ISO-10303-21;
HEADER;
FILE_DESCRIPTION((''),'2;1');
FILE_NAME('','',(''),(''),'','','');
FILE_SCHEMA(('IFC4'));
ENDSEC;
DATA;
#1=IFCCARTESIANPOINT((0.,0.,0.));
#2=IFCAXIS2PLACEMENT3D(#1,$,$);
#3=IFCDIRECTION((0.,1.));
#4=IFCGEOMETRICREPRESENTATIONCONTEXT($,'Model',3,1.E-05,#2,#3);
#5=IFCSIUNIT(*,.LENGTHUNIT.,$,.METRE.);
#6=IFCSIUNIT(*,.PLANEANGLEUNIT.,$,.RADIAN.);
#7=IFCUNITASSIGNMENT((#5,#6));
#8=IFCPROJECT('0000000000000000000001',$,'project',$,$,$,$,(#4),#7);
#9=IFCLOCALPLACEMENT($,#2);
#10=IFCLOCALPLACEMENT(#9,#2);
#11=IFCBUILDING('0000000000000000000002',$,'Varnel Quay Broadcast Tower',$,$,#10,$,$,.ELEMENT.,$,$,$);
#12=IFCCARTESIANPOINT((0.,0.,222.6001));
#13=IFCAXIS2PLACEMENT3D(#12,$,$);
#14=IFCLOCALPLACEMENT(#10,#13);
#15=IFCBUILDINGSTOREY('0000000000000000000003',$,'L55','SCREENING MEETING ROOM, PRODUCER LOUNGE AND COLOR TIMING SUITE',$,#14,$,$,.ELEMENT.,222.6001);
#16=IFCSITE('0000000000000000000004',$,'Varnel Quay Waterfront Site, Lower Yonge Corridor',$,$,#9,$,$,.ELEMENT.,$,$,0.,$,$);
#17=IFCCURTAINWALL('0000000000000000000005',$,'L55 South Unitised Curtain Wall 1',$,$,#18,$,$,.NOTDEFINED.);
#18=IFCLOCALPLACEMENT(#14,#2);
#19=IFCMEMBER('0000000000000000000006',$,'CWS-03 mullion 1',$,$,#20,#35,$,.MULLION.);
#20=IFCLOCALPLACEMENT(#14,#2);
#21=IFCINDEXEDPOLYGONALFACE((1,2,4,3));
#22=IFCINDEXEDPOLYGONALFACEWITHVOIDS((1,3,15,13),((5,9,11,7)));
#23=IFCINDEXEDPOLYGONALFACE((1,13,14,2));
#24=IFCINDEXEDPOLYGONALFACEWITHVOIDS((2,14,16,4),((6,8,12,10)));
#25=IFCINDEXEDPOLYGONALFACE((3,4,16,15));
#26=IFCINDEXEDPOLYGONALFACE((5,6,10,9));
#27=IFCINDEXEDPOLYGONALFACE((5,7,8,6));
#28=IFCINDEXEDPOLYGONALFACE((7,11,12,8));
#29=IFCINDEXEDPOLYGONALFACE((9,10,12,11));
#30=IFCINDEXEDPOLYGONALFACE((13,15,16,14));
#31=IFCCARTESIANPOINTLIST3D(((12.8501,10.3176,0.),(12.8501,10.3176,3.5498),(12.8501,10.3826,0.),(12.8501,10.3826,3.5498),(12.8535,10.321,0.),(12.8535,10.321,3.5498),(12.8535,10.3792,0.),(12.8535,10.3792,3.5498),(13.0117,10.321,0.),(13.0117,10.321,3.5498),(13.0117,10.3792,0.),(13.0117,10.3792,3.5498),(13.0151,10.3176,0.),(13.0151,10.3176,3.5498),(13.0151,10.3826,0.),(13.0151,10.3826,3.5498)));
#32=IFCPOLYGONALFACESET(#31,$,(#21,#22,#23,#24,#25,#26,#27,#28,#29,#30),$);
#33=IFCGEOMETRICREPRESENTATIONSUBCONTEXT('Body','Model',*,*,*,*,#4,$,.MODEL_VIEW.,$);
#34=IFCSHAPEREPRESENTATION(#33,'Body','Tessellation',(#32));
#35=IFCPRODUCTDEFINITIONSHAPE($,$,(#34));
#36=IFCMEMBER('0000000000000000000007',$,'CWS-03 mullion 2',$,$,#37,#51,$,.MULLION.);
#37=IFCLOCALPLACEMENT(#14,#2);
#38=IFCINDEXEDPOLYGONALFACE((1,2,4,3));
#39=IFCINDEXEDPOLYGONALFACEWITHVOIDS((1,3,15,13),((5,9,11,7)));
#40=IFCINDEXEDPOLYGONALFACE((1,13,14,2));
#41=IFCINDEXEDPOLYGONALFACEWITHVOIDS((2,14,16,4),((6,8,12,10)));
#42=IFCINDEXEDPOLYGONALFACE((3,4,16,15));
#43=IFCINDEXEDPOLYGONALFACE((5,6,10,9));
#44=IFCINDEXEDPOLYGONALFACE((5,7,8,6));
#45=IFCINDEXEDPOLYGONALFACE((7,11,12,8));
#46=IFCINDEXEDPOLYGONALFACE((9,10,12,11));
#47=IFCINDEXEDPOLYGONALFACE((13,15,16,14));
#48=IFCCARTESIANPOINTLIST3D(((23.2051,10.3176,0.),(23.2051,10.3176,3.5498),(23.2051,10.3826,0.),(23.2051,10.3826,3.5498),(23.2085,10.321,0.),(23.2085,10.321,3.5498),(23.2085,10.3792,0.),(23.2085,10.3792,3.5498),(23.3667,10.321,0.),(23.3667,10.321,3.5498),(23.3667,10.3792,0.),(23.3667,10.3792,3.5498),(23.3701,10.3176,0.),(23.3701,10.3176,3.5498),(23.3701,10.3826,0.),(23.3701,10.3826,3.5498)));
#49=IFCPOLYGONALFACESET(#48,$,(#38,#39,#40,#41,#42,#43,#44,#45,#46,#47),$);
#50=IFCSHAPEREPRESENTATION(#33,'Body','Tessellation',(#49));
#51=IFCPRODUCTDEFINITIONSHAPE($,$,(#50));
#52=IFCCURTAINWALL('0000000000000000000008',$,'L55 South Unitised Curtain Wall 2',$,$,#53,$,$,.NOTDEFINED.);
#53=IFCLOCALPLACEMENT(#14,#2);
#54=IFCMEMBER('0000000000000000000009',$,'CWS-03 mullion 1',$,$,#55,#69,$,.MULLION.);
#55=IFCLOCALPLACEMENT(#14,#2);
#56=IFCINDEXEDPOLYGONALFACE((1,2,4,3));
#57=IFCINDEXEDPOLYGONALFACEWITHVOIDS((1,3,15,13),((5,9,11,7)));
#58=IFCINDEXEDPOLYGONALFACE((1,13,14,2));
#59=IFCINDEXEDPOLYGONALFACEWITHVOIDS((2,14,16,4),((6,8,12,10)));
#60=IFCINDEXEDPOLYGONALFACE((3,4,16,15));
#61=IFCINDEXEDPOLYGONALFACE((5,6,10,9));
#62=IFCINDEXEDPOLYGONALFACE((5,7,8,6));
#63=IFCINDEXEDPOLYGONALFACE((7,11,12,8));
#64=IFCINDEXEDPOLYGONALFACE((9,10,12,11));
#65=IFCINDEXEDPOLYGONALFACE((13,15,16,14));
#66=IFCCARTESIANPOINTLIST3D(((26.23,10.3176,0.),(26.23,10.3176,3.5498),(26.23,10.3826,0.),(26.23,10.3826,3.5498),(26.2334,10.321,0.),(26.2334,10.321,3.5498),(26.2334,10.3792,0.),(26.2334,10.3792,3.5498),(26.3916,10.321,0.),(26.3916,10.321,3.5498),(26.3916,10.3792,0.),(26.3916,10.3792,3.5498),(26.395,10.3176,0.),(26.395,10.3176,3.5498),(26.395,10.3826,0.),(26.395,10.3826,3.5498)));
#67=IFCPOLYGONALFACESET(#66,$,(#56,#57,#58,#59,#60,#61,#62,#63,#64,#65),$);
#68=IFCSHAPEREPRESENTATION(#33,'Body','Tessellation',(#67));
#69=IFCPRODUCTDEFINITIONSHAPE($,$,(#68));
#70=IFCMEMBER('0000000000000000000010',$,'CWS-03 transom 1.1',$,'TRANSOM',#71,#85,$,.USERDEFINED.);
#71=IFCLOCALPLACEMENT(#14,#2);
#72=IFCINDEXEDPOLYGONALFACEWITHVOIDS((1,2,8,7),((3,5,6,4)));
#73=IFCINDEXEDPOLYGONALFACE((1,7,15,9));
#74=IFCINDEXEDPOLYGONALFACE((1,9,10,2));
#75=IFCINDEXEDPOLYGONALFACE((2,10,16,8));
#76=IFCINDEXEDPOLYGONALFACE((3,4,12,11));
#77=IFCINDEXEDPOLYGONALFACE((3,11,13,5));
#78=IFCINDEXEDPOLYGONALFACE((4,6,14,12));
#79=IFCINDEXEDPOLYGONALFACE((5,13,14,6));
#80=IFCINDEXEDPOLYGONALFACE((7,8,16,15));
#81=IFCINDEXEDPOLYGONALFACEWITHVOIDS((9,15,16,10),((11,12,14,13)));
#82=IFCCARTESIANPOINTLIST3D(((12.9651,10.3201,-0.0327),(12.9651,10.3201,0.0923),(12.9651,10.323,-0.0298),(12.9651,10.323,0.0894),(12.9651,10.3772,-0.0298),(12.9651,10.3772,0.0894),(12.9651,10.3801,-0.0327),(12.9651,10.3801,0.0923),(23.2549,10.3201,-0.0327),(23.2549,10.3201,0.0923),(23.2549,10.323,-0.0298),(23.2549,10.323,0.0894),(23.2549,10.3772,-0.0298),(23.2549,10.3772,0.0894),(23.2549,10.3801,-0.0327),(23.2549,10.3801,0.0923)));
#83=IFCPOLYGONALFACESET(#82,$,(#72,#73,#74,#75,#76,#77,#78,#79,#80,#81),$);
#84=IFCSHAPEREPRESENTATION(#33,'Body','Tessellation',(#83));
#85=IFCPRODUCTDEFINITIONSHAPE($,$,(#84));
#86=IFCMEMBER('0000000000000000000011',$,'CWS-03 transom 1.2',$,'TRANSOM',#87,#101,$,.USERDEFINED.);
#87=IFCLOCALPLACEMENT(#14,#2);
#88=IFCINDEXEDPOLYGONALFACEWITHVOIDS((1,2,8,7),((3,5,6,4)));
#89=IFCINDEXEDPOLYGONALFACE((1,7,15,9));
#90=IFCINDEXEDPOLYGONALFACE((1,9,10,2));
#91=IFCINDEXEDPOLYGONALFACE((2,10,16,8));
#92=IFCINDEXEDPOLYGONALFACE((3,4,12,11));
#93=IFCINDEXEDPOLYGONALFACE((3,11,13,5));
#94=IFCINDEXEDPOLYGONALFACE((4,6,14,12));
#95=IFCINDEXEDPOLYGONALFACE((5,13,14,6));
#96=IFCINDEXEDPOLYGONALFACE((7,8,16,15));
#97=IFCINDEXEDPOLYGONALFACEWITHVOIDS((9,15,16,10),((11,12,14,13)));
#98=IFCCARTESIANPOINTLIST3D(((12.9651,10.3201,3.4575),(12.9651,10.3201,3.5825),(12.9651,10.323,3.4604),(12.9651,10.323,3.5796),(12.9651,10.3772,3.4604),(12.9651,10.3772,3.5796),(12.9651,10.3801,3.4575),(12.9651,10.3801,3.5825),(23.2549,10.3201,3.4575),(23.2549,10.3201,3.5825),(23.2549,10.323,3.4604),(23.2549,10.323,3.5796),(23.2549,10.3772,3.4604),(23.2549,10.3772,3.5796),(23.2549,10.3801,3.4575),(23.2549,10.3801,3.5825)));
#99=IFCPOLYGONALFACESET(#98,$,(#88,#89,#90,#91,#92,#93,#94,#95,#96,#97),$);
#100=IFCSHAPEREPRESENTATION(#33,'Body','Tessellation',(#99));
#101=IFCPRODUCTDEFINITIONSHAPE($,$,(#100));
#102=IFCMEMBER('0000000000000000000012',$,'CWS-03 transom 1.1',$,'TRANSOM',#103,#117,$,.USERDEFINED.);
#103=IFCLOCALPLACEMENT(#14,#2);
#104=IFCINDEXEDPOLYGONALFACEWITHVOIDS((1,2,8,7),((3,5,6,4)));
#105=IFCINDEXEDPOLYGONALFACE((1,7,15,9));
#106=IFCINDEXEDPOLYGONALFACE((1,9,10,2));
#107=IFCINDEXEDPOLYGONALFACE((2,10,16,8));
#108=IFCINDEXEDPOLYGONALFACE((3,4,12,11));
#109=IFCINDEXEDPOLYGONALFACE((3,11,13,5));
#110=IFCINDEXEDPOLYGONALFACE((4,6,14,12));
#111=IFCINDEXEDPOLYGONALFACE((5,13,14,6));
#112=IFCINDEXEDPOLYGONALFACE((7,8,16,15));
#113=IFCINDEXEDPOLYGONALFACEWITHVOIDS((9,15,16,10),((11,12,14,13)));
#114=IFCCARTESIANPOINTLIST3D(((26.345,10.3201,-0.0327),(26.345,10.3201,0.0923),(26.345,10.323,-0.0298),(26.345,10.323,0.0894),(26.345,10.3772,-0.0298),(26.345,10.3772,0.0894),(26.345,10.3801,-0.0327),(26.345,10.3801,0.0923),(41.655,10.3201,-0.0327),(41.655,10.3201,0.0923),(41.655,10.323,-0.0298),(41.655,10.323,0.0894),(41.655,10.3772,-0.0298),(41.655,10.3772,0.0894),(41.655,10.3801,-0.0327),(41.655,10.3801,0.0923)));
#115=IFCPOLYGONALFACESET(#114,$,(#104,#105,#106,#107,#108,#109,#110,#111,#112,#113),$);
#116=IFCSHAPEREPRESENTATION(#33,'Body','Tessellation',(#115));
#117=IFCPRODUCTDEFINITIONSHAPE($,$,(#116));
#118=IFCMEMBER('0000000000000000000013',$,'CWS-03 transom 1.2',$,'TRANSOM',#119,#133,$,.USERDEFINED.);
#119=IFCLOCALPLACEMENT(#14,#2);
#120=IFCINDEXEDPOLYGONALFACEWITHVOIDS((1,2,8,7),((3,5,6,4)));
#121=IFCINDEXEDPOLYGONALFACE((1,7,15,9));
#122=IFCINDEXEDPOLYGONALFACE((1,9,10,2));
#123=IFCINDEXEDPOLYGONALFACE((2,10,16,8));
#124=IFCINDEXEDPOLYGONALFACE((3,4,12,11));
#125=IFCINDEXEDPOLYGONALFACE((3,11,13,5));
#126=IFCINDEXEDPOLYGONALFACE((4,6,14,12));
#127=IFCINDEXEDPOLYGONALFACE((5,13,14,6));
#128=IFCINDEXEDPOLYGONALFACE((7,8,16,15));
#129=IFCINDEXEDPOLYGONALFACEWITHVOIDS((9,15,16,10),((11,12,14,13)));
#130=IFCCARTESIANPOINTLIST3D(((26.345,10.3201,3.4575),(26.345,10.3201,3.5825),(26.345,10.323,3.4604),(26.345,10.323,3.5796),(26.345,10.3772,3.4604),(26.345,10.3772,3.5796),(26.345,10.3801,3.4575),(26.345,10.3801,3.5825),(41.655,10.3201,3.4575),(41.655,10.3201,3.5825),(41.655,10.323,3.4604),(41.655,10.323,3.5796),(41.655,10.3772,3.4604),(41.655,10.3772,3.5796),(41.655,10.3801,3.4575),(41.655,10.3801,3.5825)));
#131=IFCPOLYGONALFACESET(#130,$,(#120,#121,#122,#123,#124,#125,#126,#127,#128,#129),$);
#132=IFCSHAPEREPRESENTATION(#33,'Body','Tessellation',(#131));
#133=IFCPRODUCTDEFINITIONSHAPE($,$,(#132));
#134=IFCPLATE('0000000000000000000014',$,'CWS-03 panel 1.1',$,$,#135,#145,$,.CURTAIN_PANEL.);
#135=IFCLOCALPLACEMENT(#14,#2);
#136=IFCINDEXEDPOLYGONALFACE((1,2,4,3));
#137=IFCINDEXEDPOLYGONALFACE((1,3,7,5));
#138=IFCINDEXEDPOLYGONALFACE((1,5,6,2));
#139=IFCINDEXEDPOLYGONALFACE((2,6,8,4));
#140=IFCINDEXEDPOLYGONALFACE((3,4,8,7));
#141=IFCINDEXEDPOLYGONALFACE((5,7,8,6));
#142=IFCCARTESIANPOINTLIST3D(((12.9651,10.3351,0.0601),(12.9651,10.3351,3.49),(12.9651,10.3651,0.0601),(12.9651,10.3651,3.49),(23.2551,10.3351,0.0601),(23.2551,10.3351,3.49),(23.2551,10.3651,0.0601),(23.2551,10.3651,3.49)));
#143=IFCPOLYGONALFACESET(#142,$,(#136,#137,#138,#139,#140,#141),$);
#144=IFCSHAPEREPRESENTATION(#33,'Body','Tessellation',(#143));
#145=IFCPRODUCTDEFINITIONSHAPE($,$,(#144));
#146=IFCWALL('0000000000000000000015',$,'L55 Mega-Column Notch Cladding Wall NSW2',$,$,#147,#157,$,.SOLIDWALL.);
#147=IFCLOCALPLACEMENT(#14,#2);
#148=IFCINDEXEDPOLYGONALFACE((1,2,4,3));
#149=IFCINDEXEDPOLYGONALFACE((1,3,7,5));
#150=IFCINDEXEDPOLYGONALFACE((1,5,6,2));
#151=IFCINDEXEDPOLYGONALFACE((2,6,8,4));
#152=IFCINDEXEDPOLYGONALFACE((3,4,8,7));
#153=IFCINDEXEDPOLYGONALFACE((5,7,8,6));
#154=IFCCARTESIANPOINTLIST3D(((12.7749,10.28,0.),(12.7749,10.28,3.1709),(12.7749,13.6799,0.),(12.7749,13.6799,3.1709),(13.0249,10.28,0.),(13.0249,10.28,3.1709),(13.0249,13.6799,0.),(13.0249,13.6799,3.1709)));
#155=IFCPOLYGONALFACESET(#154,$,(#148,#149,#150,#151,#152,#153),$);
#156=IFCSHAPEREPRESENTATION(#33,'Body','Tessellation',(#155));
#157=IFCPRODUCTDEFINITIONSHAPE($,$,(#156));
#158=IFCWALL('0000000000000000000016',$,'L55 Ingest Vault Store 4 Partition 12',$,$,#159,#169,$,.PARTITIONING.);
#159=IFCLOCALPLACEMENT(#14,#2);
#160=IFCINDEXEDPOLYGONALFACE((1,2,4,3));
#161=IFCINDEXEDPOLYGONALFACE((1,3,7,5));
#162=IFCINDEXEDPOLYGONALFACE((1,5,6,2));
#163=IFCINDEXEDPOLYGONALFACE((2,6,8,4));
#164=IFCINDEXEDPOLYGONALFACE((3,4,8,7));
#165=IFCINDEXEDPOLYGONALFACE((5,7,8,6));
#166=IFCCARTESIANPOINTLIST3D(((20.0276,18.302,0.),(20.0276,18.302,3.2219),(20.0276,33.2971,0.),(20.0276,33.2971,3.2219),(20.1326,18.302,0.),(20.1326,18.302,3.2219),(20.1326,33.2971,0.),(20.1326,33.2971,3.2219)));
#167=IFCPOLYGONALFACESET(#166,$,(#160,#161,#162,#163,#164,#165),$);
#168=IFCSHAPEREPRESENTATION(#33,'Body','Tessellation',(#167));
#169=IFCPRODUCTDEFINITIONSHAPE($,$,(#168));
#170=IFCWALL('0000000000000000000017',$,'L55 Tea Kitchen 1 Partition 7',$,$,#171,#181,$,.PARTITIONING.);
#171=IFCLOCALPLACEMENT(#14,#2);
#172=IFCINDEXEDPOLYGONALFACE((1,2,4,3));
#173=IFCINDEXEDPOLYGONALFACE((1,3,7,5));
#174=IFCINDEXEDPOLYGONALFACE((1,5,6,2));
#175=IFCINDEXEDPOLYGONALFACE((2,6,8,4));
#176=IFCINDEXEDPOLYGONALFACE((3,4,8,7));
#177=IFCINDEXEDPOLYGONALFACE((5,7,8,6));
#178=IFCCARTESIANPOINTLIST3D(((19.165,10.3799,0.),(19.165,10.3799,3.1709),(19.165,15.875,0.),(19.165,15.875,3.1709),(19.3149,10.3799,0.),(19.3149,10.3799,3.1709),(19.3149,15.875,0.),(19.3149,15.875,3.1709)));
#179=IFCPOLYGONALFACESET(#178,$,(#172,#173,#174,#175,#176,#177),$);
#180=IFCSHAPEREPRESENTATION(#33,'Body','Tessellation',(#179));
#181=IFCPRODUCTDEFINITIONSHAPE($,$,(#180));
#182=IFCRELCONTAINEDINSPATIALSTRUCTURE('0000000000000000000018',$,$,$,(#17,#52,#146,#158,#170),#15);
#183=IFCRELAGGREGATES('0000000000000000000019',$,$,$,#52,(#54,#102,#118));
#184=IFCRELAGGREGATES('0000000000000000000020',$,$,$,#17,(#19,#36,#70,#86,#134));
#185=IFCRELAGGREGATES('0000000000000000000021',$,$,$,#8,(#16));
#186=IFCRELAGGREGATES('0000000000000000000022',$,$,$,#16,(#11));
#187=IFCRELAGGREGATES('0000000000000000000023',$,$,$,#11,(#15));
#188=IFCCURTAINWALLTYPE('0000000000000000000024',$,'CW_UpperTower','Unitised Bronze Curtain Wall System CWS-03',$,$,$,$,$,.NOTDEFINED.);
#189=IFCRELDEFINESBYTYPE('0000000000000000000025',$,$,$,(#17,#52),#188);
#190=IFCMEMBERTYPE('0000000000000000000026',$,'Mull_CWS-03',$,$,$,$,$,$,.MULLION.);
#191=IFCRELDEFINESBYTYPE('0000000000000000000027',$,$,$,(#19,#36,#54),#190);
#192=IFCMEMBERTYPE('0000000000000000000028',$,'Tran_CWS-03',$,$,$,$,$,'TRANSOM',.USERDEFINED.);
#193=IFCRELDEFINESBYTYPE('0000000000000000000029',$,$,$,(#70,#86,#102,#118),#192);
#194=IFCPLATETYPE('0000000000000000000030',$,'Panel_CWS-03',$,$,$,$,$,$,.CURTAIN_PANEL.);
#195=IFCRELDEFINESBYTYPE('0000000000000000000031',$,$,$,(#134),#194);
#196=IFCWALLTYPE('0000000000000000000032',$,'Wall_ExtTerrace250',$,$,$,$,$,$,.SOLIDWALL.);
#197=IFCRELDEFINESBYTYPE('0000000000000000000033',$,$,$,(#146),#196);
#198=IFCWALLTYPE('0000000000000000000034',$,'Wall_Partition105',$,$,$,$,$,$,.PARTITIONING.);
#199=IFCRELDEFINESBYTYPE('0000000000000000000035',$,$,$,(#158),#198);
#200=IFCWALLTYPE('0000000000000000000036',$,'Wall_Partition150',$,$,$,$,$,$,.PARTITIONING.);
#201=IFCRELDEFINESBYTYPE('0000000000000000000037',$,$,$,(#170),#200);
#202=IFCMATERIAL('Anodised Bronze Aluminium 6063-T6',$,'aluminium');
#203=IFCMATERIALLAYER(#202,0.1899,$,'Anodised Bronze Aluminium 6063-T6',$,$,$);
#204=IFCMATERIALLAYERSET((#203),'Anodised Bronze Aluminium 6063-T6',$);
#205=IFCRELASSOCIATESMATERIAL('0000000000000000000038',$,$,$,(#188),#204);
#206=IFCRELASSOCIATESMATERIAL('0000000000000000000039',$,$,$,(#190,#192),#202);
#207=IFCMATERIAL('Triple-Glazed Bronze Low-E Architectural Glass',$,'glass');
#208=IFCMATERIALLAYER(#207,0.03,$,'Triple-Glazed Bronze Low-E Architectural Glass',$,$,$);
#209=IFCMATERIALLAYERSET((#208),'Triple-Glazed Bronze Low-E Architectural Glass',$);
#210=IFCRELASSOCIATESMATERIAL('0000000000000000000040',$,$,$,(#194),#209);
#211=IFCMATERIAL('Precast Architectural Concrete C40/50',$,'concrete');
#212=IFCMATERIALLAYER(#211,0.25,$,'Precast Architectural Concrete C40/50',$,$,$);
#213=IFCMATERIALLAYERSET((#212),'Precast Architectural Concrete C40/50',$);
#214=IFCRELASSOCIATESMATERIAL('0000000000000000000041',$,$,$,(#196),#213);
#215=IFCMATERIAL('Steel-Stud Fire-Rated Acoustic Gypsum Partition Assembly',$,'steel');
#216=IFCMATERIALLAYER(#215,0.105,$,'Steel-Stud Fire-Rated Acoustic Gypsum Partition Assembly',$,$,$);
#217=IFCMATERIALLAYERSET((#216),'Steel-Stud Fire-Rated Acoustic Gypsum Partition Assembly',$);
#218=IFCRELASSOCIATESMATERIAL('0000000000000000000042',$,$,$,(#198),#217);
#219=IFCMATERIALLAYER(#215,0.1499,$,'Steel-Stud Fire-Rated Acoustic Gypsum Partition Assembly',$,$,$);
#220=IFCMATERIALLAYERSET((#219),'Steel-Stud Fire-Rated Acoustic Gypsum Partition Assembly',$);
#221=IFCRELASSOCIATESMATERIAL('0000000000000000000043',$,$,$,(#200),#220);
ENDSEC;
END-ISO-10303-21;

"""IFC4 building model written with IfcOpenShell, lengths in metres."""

from ifc_helpers import new_model, si_unit, direction, frame, frame_2d, origin, origin_2d, place, context, subcontext, project, spatial, rectangle, hollow_rectangle, extrude, source, transform, mapped, material, layer, layer_set, material_profile, profile_set, type_object, type_shapes, element, aggregate, save


model = new_model("IFC4")

# Units and contexts
model_context = context("Model", 3, precision=1e-05, world=origin(), true_north=direction((0.0, 1.0)))
body_context = subcontext(model_context, "Body", "Model", "MODEL_VIEW")
ifc_project = project(units=[si_unit("LENGTHUNIT", "METRE"), si_unit("PLANEANGLEUNIT", "RADIAN")], contexts=[model_context])

# Site, building, storey
site_placement = place(None, origin())
site = spatial("IfcSite", under=ifc_project, at=site_placement, Name="Varnel Quay Waterfront Site, Lower Yonge Corridor", CompositionType="ELEMENT", RefElevation=0.0)
building_placement = place(site_placement, origin())
building = spatial("IfcBuilding", under=site, at=building_placement, Name="Varnel Quay Broadcast Tower", CompositionType="ELEMENT")
storey_placement = place(building_placement, frame((0.0, 0.0, 222.6001)))
storey = spatial("IfcBuildingStorey", under=building, at=storey_placement, Name="L55", Description="SCREENING MEETING ROOM, PRODUCER LOUNGE AND COLOR TIMING SUITE", CompositionType="ELEMENT", Elevation=222.6001)

# Shared definitions
ifc_material_1 = material(Name="Anodised Bronze Aluminium 6063-T6", Category="aluminium")

# Curtain wall, members
ifc_layer_1 = layer(ifc_material_1, 0.1899, Name="Anodised Bronze Aluminium 6063-T6")
ifc_layer_set_1 = layer_set([ifc_layer_1], Name="Anodised Bronze Aluminium 6063-T6")
curtain_wall_type_1 = type_object("IfcCurtainWallType", Name="CW_UpperTower", Description="Unitised Bronze Curtain Wall System CWS-03", PredefinedType="NOTDEFINED", material=ifc_layer_set_1)
curtain_wall_1_placement = place(storey_placement, origin())
curtain_wall_1 = element("IfcCurtainWall", 1, at=curtain_wall_1_placement, inside=storey, type_object=curtain_wall_type_1, Name="L55 South Unitised Curtain Wall 1", PredefinedType="NOTDEFINED")
ifc_material_profile_1 = material_profile(ifc_material_1, hollow_rectangle(XDim=0.0649, YDim=0.165, WallThickness=0.0034, at=origin_2d()), Name="ALU65X165X3.5")
ifc_profile_set_1 = profile_set([ifc_material_profile_1], Name="Anodised Bronze Aluminium 6063-T6")
member_type_1 = type_object("IfcMemberType", Name="Mull_CWS-03", PredefinedType="MULLION", material=ifc_profile_set_1)
shared_shape_1 = source(origin(), body_context, "Body", "SweptSolid", [
    extrude(hollow_rectangle(XDim=0.0649, YDim=0.165, WallThickness=0.0034, at=origin_2d()), origin(), (0.0, 0.0, 1.0), 3.5498),
])
type_shapes(member_type_1, [shared_shape_1])
member_1_placement = place(storey_placement, frame((12.9326, 10.3501, 0.0), z_axis=(0.0, 0.0, 1.0), x_axis=(0.0, 1.0, 0.0)))
member_1 = element("IfcMember", 2, at=member_1_placement, type_object=member_type_1, Name="CWS-03 mullion 1", PredefinedType="MULLION", context=body_context, shape_type="MappedRepresentation", body=[
    mapped(shared_shape_1, transform((0.0, 0.0, 0.0), x_axis=(1.0, 0.0, 0.0), y_axis=(0.0, 1.0, 0.0), z_axis=(0.0, 0.0, 1.0), scale=1.0)),
])
member_2_placement = place(storey_placement, frame((23.2876, 10.3501, 0.0), z_axis=(0.0, 0.0, 1.0), x_axis=(0.0, 1.0, 0.0)))
member_2 = element("IfcMember", 3, at=member_2_placement, type_object=member_type_1, Name="CWS-03 mullion 2", PredefinedType="MULLION", context=body_context, shape_type="MappedRepresentation", body=[
    mapped(shared_shape_1, transform((0.0, 0.0, 0.0), x_axis=(1.0, 0.0, 0.0), y_axis=(0.0, 1.0, 0.0), z_axis=(0.0, 0.0, 1.0), scale=1.0)),
])

# Curtain wall, member
curtain_wall_2_placement = place(storey_placement, origin())
curtain_wall_2 = element("IfcCurtainWall", 4, at=curtain_wall_2_placement, inside=storey, type_object=curtain_wall_type_1, Name="L55 South Unitised Curtain Wall 2", PredefinedType="NOTDEFINED")
member_3_placement = place(storey_placement, frame((26.3125, 10.3501, 0.0), z_axis=(0.0, 0.0, 1.0), x_axis=(0.0, 1.0, 0.0)))
member_3 = element("IfcMember", 5, at=member_3_placement, type_object=member_type_1, Name="CWS-03 mullion 1", PredefinedType="MULLION", context=body_context, shape_type="MappedRepresentation", body=[
    mapped(shared_shape_1, transform((0.0, 0.0, 0.0), x_axis=(1.0, 0.0, 0.0), y_axis=(0.0, 1.0, 0.0), z_axis=(0.0, 0.0, 1.0), scale=1.0)),
])

# Members
ifc_material_profile_2 = material_profile(ifc_material_1, hollow_rectangle(XDim=0.0601, YDim=0.125, WallThickness=0.0029, at=origin_2d()), Name="ALU60X125X3")
ifc_profile_set_2 = profile_set([ifc_material_profile_2], Name="Anodised Bronze Aluminium 6063-T6")
member_type_2 = type_object("IfcMemberType", Name="Tran_CWS-03", ElementType="TRANSOM", PredefinedType="USERDEFINED", material=ifc_profile_set_2)
shared_shape_2 = source(origin(), body_context, "Body", "SweptSolid", [
    extrude(hollow_rectangle(XDim=0.0601, YDim=0.125, WallThickness=0.0029, at=origin_2d()), origin(), (0.0, 0.0, 1.0), 10.2898),
])
member_4_placement = place(storey_placement, frame((12.9651, 10.3501, 0.0298), z_axis=(1.0, 0.0, 0.0), x_axis=(0.0, 1.0, 0.0)))
member_4 = element("IfcMember", 6, at=member_4_placement, type_object=member_type_2, Name="CWS-03 transom 1.1", ObjectType="TRANSOM", PredefinedType="USERDEFINED", context=body_context, shape_type="MappedRepresentation", body=[
    mapped(shared_shape_2, transform((0.0, 0.0, 0.0), x_axis=(1.0, 0.0, 0.0), y_axis=(0.0, 1.0, 0.0), z_axis=(0.0, 0.0, 1.0), scale=1.0)),
])
member_5_placement = place(storey_placement, frame((12.9651, 10.3501, 3.52), z_axis=(1.0, 0.0, 0.0), x_axis=(0.0, 1.0, 0.0)))
member_5 = element("IfcMember", 7, at=member_5_placement, type_object=member_type_2, Name="CWS-03 transom 1.2", ObjectType="TRANSOM", PredefinedType="USERDEFINED", context=body_context, shape_type="MappedRepresentation", body=[
    mapped(shared_shape_2, transform((0.0, 0.0, 0.0), x_axis=(1.0, 0.0, 0.0), y_axis=(0.0, 1.0, 0.0), z_axis=(0.0, 0.0, 1.0), scale=1.0)),
])
shared_shape_3 = source(origin(), body_context, "Body", "SweptSolid", [
    extrude(hollow_rectangle(XDim=0.0601, YDim=0.125, WallThickness=0.0029, at=origin_2d()), origin(), (0.0, 0.0, 1.0), 15.3101),
])
type_shapes(member_type_2, [shared_shape_2, shared_shape_3])
member_6_placement = place(storey_placement, frame((26.345, 10.3501, 0.0298), z_axis=(1.0, 0.0, 0.0), x_axis=(0.0, 1.0, 0.0)))
member_6 = element("IfcMember", 8, at=member_6_placement, type_object=member_type_2, Name="CWS-03 transom 1.1", ObjectType="TRANSOM", PredefinedType="USERDEFINED", context=body_context, shape_type="MappedRepresentation", body=[
    mapped(shared_shape_3, transform((0.0, 0.0, 0.0), x_axis=(1.0, 0.0, 0.0), y_axis=(0.0, 1.0, 0.0), z_axis=(0.0, 0.0, 1.0), scale=1.0)),
])
member_7_placement = place(storey_placement, frame((26.345, 10.3501, 3.52), z_axis=(1.0, 0.0, 0.0), x_axis=(0.0, 1.0, 0.0)))
member_7 = element("IfcMember", 9, at=member_7_placement, type_object=member_type_2, Name="CWS-03 transom 1.2", ObjectType="TRANSOM", PredefinedType="USERDEFINED", context=body_context, shape_type="MappedRepresentation", body=[
    mapped(shared_shape_3, transform((0.0, 0.0, 0.0), x_axis=(1.0, 0.0, 0.0), y_axis=(0.0, 1.0, 0.0), z_axis=(0.0, 0.0, 1.0), scale=1.0)),
])
aggregate(curtain_wall_2, [member_3, member_6, member_7])

# Plate
ifc_material_2 = material(Name="Triple-Glazed Bronze Low-E Architectural Glass", Category="glass")
ifc_layer_2 = layer(ifc_material_2, 0.03, Name="Triple-Glazed Bronze Low-E Architectural Glass")
ifc_layer_set_2 = layer_set([ifc_layer_2], Name="Triple-Glazed Bronze Low-E Architectural Glass")
plate_type = type_object("IfcPlateType", Name="Panel_CWS-03", PredefinedType="CURTAIN_PANEL", material=ifc_layer_set_2)
shared_shape_4 = source(origin(), body_context, "Body", "SweptSolid", [
    extrude(rectangle(XDim=10.29, YDim=0.03, at=origin_2d()), origin(), (0.0, 0.0, 1.0), 3.4299),
])
type_shapes(plate_type, [shared_shape_4])
plate_placement = place(storey_placement, frame((18.1101, 10.3501, 0.0601), z_axis=(0.0, 0.0, 1.0), x_axis=(1.0, 0.0, 0.0)))
plate = element("IfcPlate", 10, at=plate_placement, type_object=plate_type, Name="CWS-03 panel 1.1", PredefinedType="CURTAIN_PANEL", context=body_context, shape_type="MappedRepresentation", body=[
    mapped(shared_shape_4, transform((0.0, 0.0, 0.0), x_axis=(1.0, 0.0, 0.0), y_axis=(0.0, 1.0, 0.0), z_axis=(0.0, 0.0, 1.0), scale=1.0)),
])
aggregate(curtain_wall_1, [member_1, member_2, member_4, member_5, plate])

# Shared definitions
ifc_material_3 = material(Name="Precast Architectural Concrete C40/50", Category="concrete")
ifc_layer_3 = layer(ifc_material_3, 0.25, Name="Precast Architectural Concrete C40/50")
ifc_layer_set_3 = layer_set([ifc_layer_3], Name="Precast Architectural Concrete C40/50")
wall_type_1 = type_object("IfcWallType", Name="Wall_ExtTerrace250", PredefinedType="SOLIDWALL", material=ifc_layer_set_3)

# Walls
wall_1_placement = place(storey_placement, frame((12.8999, 10.28, 0.0), z_axis=(0.0, 0.0, 1.0), x_axis=(0.0, 1.0, 0.0)))
element("IfcWall", 11, at=wall_1_placement, inside=storey, type_object=wall_type_1, Name="L55 Mega-Column Notch Cladding Wall NSW2", PredefinedType="SOLIDWALL", context=body_context, shape_type="SweptSolid", body=[
    extrude(rectangle(XDim=3.3999, YDim=0.25, at=frame_2d((1.7, 0.0))), origin(), (0.0, 0.0, 1.0), 3.1709),
])
ifc_material_4 = material(Name="Steel-Stud Fire-Rated Acoustic Gypsum Partition Assembly", Category="steel")
ifc_layer_4 = layer(ifc_material_4, 0.105, Name="Steel-Stud Fire-Rated Acoustic Gypsum Partition Assembly")
ifc_layer_set_4 = layer_set([ifc_layer_4], Name="Steel-Stud Fire-Rated Acoustic Gypsum Partition Assembly")
wall_type_2 = type_object("IfcWallType", Name="Wall_Partition105", PredefinedType="PARTITIONING", material=ifc_layer_set_4)
wall_2_placement = place(storey_placement, frame((20.0801, 18.302, 0.0), z_axis=(0.0, 0.0, 1.0), x_axis=(0.0, 1.0, 0.0)))
element("IfcWall", 12, at=wall_2_placement, inside=storey, type_object=wall_type_2, Name="L55 Ingest Vault Store 4 Partition 12", PredefinedType="PARTITIONING", context=body_context, shape_type="SweptSolid", body=[
    extrude(rectangle(XDim=14.9951, YDim=0.105, at=frame_2d((7.4976, 0.0))), origin(), (0.0, 0.0, 1.0), 3.2219),
])
ifc_layer_5 = layer(ifc_material_4, 0.1499, Name="Steel-Stud Fire-Rated Acoustic Gypsum Partition Assembly")
ifc_layer_set_5 = layer_set([ifc_layer_5], Name="Steel-Stud Fire-Rated Acoustic Gypsum Partition Assembly")
wall_type_3 = type_object("IfcWallType", Name="Wall_Partition150", PredefinedType="PARTITIONING", material=ifc_layer_set_5)
wall_3_placement = place(storey_placement, frame((19.24, 10.3799, 0.0), z_axis=(0.0, 0.0, 1.0), x_axis=(0.0, 1.0, 0.0)))
element("IfcWall", 13, at=wall_3_placement, inside=storey, type_object=wall_type_3, Name="L55 Tea Kitchen 1 Partition 7", PredefinedType="PARTITIONING", context=body_context, shape_type="SweptSolid", body=[
    extrude(rectangle(XDim=5.4951, YDim=0.1499, at=frame_2d((2.7476, 0.0))), origin(), (0.0, 0.0, 1.0), 3.1709),
])

save(model, "model.ifc")
